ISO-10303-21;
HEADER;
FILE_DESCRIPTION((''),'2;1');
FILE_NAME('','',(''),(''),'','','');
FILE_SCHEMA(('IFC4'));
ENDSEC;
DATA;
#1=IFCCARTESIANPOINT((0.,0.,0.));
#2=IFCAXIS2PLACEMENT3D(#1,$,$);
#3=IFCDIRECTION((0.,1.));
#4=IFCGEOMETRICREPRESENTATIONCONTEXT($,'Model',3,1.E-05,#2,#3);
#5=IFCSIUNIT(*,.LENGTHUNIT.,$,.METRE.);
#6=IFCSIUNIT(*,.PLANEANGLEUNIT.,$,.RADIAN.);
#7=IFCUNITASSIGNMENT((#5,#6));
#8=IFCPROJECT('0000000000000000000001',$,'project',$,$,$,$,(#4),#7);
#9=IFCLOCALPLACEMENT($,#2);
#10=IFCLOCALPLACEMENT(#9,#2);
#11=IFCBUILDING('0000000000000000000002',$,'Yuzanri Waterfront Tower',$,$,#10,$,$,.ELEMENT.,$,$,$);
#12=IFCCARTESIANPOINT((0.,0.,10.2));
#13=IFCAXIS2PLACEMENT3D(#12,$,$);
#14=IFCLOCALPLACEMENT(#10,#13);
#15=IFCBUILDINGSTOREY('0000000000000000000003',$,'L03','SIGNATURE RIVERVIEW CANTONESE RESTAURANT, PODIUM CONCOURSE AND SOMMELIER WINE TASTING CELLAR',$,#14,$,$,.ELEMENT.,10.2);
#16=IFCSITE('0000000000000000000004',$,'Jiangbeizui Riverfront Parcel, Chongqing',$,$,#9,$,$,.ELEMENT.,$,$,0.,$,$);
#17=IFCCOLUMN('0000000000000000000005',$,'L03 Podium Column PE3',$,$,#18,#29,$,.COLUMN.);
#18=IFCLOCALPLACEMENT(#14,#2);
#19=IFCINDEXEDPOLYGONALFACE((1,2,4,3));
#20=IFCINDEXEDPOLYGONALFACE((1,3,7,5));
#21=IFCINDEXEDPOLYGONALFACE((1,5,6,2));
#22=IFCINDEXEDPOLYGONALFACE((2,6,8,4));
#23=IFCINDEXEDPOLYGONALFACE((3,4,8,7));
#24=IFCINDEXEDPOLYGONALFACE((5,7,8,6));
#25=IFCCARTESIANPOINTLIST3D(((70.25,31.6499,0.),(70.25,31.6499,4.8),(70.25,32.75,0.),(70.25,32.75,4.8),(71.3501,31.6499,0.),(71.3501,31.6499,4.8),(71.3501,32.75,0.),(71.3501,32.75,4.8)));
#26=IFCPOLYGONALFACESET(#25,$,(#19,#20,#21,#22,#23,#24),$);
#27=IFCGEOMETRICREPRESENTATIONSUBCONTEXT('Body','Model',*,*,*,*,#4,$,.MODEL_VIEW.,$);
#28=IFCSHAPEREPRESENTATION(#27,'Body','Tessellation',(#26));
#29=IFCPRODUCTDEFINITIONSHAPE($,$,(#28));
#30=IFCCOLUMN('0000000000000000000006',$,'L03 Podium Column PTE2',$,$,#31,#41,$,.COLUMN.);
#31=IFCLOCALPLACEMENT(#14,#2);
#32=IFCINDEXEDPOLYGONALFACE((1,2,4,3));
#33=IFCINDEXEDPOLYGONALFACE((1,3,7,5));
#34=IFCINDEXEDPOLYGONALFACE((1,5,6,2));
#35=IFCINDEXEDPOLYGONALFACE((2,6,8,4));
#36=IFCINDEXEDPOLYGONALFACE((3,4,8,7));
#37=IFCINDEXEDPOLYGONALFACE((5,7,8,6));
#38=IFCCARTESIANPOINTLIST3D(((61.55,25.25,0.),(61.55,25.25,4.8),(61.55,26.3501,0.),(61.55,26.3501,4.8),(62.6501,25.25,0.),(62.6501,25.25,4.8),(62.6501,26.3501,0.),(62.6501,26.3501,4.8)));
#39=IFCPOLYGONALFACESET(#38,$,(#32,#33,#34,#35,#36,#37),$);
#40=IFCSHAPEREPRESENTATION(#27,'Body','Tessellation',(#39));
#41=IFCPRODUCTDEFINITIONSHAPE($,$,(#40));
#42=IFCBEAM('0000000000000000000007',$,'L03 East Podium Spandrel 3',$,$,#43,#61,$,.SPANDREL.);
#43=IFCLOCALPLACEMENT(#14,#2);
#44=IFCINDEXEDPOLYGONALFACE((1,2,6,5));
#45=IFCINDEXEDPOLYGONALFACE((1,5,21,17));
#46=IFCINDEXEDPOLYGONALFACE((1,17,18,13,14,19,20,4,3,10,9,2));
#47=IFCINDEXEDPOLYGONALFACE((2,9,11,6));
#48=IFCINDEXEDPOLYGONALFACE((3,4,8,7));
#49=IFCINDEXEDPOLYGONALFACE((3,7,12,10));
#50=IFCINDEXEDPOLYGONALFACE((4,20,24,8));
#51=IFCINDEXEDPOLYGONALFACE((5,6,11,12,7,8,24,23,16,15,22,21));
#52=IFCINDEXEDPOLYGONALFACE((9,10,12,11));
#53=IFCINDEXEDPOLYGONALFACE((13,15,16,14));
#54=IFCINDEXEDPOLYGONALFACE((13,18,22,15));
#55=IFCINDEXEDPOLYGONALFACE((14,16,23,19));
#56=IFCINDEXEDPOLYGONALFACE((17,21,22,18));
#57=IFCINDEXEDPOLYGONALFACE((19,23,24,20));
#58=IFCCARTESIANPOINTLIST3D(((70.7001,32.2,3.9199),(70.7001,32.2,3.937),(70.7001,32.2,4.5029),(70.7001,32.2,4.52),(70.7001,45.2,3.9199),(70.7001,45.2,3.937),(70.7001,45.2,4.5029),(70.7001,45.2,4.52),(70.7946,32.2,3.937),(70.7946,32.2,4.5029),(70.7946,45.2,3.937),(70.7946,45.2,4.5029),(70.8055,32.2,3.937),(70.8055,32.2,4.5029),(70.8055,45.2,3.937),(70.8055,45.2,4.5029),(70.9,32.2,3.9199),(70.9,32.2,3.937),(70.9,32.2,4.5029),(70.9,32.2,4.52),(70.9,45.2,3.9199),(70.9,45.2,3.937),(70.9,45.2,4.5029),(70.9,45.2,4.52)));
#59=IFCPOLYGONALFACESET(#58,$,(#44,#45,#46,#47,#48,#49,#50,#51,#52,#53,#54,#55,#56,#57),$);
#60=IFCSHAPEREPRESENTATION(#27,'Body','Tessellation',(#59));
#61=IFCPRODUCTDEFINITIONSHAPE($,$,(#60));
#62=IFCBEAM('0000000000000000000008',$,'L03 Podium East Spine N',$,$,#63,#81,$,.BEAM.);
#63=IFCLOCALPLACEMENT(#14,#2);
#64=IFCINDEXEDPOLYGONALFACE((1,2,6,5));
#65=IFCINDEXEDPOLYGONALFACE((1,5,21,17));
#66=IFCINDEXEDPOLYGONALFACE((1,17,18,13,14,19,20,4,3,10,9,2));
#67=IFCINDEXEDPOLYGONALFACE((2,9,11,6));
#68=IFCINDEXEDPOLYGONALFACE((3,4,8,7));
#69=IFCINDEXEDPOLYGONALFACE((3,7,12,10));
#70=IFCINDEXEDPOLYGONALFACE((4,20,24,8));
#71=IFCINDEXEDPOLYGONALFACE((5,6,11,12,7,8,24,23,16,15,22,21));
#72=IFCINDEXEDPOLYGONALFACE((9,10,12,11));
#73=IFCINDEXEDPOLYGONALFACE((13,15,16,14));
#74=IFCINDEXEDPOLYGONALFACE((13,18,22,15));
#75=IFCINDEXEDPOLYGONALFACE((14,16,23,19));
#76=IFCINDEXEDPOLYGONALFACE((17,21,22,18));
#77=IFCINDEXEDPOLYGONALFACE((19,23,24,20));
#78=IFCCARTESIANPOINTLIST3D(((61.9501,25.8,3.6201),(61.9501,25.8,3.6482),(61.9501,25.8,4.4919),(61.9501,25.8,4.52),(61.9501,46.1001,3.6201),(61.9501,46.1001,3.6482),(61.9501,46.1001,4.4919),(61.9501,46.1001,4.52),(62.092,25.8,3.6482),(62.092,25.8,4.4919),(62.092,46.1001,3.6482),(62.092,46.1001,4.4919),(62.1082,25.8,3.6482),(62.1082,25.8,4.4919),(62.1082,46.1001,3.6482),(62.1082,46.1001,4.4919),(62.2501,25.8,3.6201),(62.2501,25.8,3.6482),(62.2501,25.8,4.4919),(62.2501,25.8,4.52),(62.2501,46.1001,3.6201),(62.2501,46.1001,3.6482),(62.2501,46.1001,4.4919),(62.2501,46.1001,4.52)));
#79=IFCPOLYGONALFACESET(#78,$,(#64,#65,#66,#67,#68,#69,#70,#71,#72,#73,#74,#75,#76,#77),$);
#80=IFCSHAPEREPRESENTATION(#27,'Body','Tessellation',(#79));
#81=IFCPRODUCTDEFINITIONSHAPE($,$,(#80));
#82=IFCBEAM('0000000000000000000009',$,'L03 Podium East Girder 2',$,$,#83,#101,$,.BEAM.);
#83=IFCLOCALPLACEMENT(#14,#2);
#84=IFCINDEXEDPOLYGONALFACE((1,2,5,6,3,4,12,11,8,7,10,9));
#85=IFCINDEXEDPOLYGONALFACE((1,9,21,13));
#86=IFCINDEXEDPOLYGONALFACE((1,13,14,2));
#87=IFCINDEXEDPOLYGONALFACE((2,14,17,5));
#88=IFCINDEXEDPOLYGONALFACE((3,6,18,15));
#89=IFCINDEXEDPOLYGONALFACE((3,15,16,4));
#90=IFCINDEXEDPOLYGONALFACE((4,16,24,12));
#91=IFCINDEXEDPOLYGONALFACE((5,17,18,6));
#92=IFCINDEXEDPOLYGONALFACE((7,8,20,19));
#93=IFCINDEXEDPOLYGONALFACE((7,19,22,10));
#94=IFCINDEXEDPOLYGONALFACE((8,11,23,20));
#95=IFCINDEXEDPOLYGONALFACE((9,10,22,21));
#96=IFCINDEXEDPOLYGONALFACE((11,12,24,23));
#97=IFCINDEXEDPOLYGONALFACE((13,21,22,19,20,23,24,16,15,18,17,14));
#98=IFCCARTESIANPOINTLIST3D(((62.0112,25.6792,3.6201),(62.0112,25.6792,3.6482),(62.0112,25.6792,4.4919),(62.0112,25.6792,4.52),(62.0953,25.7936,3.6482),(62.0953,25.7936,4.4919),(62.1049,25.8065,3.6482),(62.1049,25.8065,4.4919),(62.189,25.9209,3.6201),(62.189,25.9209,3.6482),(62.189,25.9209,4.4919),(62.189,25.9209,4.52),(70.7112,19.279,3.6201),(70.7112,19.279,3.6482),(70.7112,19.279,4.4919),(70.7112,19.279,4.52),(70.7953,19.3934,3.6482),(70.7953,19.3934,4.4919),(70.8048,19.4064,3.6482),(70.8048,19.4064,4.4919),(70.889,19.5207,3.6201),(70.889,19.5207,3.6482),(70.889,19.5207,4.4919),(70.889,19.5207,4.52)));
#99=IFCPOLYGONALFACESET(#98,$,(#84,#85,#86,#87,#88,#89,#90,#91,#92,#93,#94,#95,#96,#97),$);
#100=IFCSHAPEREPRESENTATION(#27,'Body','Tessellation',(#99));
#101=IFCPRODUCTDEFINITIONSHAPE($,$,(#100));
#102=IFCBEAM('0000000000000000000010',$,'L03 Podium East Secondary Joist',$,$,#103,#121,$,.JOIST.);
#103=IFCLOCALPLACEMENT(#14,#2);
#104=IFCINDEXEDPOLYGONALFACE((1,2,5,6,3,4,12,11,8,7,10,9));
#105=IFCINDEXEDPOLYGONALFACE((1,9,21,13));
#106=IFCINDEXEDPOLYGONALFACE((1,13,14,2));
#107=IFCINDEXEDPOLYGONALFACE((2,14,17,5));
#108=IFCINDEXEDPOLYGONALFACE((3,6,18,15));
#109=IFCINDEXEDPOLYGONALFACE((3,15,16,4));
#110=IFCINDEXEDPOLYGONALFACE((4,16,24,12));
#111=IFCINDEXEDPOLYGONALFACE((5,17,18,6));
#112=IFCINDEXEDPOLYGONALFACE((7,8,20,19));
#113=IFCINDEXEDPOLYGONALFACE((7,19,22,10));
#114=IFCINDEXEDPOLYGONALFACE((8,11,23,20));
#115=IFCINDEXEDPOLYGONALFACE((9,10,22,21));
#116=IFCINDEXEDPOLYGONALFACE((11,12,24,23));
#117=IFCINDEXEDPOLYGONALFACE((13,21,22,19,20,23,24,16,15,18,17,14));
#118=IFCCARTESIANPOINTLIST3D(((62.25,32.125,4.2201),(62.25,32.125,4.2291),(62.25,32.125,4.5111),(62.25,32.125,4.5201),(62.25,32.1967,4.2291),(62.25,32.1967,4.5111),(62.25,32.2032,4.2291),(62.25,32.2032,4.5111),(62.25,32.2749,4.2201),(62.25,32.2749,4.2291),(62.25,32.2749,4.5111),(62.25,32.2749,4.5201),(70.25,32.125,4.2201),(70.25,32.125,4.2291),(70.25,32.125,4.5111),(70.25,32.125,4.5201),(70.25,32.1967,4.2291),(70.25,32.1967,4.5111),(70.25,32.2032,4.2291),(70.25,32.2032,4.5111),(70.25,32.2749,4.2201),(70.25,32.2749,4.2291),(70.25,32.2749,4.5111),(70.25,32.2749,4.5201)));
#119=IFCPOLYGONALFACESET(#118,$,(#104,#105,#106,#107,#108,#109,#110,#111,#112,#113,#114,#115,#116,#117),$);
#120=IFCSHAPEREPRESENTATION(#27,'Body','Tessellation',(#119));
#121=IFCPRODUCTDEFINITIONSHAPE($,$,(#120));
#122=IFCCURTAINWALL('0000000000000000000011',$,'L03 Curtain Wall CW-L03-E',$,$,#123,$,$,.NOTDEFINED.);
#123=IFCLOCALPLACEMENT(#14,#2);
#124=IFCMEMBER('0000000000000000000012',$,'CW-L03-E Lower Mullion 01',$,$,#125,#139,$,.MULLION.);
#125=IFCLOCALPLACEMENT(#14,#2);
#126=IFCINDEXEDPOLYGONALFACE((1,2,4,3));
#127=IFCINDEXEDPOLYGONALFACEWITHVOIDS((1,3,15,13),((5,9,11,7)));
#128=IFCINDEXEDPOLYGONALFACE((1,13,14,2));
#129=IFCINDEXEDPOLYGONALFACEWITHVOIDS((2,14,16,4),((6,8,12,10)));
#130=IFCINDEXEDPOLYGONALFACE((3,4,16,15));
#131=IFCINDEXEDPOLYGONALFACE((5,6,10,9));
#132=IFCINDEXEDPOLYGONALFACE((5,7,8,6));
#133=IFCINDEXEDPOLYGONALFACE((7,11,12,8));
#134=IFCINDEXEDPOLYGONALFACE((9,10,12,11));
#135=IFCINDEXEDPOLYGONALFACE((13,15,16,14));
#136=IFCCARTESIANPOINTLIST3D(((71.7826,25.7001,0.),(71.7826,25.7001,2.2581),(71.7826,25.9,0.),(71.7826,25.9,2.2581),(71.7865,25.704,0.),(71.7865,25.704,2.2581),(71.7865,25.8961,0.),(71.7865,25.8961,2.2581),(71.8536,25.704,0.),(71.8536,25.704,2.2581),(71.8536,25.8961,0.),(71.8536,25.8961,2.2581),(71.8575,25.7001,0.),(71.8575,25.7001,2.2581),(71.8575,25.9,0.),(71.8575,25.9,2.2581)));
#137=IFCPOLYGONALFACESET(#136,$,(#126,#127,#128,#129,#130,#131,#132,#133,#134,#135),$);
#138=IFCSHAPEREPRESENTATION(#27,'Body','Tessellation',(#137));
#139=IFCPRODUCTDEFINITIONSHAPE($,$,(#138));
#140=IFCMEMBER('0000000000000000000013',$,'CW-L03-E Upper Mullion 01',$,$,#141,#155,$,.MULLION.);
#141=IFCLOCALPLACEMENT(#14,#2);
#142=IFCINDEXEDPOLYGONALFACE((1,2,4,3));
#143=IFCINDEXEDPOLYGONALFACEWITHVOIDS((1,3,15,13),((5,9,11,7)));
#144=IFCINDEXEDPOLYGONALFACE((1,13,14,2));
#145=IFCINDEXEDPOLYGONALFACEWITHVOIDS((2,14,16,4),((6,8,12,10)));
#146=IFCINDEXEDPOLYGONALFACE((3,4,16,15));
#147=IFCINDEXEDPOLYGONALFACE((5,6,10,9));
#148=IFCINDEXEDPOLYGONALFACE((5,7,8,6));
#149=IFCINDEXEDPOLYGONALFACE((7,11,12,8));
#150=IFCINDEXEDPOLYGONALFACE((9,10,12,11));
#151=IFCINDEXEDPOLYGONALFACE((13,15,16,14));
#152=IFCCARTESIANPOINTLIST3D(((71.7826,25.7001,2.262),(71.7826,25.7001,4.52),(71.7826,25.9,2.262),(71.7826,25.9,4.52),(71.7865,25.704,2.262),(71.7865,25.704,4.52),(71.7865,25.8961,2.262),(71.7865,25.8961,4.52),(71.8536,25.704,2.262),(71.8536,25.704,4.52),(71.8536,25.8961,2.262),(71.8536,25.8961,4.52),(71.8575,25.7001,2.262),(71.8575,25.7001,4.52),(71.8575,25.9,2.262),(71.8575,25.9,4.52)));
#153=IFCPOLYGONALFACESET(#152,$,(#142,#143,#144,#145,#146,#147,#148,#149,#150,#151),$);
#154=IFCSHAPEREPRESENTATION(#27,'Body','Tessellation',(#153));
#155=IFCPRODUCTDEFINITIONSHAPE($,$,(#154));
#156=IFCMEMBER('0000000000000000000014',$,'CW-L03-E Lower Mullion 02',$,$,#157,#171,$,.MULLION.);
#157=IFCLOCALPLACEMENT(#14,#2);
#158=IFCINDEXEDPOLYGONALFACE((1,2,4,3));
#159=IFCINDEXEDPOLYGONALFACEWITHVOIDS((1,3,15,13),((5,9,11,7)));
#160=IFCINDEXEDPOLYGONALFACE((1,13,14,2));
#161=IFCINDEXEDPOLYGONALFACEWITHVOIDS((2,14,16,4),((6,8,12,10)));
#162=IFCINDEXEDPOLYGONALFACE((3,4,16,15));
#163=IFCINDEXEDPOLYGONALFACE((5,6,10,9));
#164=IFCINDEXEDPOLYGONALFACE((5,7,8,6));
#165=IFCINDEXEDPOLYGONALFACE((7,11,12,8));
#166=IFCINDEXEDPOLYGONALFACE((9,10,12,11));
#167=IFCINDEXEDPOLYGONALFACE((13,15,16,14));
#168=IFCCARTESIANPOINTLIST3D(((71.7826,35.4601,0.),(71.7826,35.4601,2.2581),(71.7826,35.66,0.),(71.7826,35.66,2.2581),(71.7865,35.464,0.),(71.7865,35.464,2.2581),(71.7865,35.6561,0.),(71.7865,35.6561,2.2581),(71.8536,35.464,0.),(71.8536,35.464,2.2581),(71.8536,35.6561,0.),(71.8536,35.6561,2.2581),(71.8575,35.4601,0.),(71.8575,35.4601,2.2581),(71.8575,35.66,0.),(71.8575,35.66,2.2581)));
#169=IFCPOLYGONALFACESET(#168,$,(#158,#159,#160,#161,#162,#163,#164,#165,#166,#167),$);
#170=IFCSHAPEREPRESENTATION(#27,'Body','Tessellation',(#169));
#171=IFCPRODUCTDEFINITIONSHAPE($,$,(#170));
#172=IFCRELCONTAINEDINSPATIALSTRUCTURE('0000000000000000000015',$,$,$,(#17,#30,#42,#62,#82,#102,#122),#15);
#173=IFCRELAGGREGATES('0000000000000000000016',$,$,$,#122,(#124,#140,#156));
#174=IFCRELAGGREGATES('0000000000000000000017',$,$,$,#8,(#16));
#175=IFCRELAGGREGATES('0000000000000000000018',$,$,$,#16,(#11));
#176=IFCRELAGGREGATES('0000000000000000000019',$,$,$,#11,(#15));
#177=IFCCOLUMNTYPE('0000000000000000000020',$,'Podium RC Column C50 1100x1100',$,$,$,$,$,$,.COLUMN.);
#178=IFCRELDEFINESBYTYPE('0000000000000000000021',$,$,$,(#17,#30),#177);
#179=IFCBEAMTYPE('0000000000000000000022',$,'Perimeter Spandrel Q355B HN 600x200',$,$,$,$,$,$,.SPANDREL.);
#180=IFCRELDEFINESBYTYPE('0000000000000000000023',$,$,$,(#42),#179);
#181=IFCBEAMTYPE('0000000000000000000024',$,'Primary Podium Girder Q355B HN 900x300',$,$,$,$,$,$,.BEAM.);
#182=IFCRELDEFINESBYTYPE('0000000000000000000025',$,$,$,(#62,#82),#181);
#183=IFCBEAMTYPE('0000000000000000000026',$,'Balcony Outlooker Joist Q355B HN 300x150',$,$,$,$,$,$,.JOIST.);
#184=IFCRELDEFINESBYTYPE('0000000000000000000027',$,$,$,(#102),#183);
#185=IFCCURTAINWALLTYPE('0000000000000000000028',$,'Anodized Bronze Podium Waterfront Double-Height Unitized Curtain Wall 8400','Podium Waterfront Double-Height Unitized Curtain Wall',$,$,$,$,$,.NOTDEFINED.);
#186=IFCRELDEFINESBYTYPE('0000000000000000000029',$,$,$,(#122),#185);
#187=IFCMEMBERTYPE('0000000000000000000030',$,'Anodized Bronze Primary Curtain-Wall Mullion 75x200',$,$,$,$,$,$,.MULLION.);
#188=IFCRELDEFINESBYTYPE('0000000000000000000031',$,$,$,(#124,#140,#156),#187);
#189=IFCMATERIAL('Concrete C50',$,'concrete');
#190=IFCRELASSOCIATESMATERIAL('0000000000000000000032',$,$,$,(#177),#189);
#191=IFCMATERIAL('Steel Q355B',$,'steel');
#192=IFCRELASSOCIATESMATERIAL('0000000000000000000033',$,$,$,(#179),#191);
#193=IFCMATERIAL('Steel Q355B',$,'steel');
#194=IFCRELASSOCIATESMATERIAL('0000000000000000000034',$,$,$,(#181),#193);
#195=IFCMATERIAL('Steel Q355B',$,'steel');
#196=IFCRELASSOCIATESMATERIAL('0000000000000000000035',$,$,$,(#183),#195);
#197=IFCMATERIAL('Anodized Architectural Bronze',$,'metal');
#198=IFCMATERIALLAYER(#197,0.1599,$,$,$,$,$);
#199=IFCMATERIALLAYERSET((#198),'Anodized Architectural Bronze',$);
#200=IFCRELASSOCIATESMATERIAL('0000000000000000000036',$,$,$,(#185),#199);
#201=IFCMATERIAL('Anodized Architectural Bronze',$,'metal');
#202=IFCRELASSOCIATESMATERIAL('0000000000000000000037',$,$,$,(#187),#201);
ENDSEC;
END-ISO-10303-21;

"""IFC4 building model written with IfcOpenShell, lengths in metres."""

from ifc_helpers import new_model, si_unit, direction, frame, origin, origin_2d, place, context, subcontext, project, spatial, rectangle, hollow_rectangle, i_section, extrude, source, transform, mapped, material, layer, layer_set, material_profile, profile_set, type_object, element, aggregate, save


model = new_model("IFC4")

# Units and contexts
model_context = context("Model", 3, precision=1e-05, world=origin(), true_north=direction((0.0, 1.0)))
body_context = subcontext(model_context, "Body", "Model", "MODEL_VIEW")
ifc_project = project(units=[si_unit("LENGTHUNIT", "METRE"), si_unit("PLANEANGLEUNIT", "RADIAN")], contexts=[model_context])

# Site, building, storey
site_placement = place(None, origin())
site = spatial("IfcSite", under=ifc_project, at=site_placement, Name="Jiangbeizui Riverfront Parcel, Chongqing", CompositionType="ELEMENT", RefElevation=0.0)
building_placement = place(site_placement, origin())
building = spatial("IfcBuilding", under=site, at=building_placement, Name="Yuzanri Waterfront Tower", CompositionType="ELEMENT")
storey_placement = place(building_placement, frame((0.0, 0.0, 10.2)))
storey = spatial("IfcBuildingStorey", under=building, at=storey_placement, Name="L03", Description="SIGNATURE RIVERVIEW CANTONESE RESTAURANT, PODIUM CONCOURSE AND SOMMELIER WINE TASTING CELLAR", CompositionType="ELEMENT", Elevation=10.2)

# Columns
ifc_material_1 = material(Name="Concrete C50", Category="concrete")
ifc_material_profile_1 = material_profile(ifc_material_1, rectangle(XDim=1.1001, YDim=1.1001, at=origin_2d()), Name="RC 1100x1100")
ifc_profile_set_1 = profile_set([ifc_material_profile_1], Name="Concrete C50")
column_type = type_object("IfcColumnType", Name="Podium RC Column C50 1100x1100", PredefinedType="COLUMN", material=ifc_profile_set_1)
shared_shape_1 = source(origin(), body_context, "Body", "SweptSolid", [
    extrude(rectangle(XDim=1.1001, YDim=1.1001, at=origin_2d()), origin(), (0.0, 0.0, 1.0), 4.8),
])
for number, where, z_axis, x_axis, name in (
    (1, (70.8, 32.2, 0.0), (0.0, 0.0, 1.0), (1.0, 0.0, 0.0), "L03 Podium Column PE3"),
    (2, (62.1001, 25.8, 0.0), (0.0, 0.0, 1.0), (1.0, 0.0, 0.0), "L03 Podium Column PTE2"),
):
    element("IfcColumn", number, at=place(storey_placement, frame(where, z_axis=z_axis, x_axis=x_axis)), inside=storey, type_object=column_type, Name=name, PredefinedType="COLUMN", context=body_context, shape_type="MappedRepresentation", body=[
        mapped(shared_shape_1, transform((0.0, 0.0, 0.0), scale=1.0)),
    ])

# Beams
ifc_material_2 = material(Name="Steel Q355B", Category="steel")
ifc_material_profile_2 = material_profile(ifc_material_2, i_section(OverallWidth=0.2, OverallDepth=0.6001, WebThickness=0.011, FlangeThickness=0.0171, at=origin_2d()), Name="HN 600x200x11x17")
ifc_profile_set_2 = profile_set([ifc_material_profile_2], Name="Steel Q355B")
beam_type_1 = type_object("IfcBeamType", Name="Perimeter Spandrel Q355B HN 600x200", PredefinedType="SPANDREL", material=ifc_profile_set_2)
shared_shape_2 = source(origin(), body_context, "Body", "SweptSolid", [
    extrude(i_section(OverallWidth=0.2, OverallDepth=0.6001, WebThickness=0.011, FlangeThickness=0.0171, at=origin_2d()), origin(), (0.0, 0.0, 1.0), 13.0),
])
beam_1_placement = place(storey_placement, frame((70.8, 32.2, 4.22), z_axis=(0.0, 1.0, 0.0), x_axis=(-1.0, 0.0, 0.0)))
element("IfcBeam", 3, at=beam_1_placement, inside=storey, type_object=beam_type_1, Name="L03 East Podium Spandrel 3", PredefinedType="SPANDREL", context=body_context, shape_type="MappedRepresentation", body=[
    mapped(shared_shape_2, transform((0.0, 0.0, 0.0), scale=1.0)),
])
ifc_material_3 = material(Name="Steel Q355B", Category="steel")
ifc_material_profile_3 = material_profile(ifc_material_3, i_section(OverallWidth=0.3, OverallDepth=0.8999, WebThickness=0.0161, FlangeThickness=0.0281, at=origin_2d()), Name="HN 900x300x16x28")
ifc_profile_set_3 = profile_set([ifc_material_profile_3], Name="Steel Q355B")
beam_type_2 = type_object("IfcBeamType", Name="Primary Podium Girder Q355B HN 900x300", PredefinedType="BEAM", material=ifc_profile_set_3)
shared_shape_3 = source(origin(), body_context, "Body", "SweptSolid", [
    extrude(i_section(OverallWidth=0.3, OverallDepth=0.8999, WebThickness=0.0161, FlangeThickness=0.0281, at=origin_2d()), origin(), (0.0, 0.0, 1.0), 20.3),
])
beam_2_placement = place(storey_placement, frame((62.1001, 25.8, 4.0701), z_axis=(0.0, 1.0, 0.0), x_axis=(-1.0, 0.0, 0.0)))
element("IfcBeam", 4, at=beam_2_placement, inside=storey, type_object=beam_type_2, Name="L03 Podium East Spine N", PredefinedType="BEAM", context=body_context, shape_type="MappedRepresentation", body=[
    mapped(shared_shape_3, transform((0.0, 0.0, 0.0), scale=1.0)),
])
shared_shape_4 = source(origin(), body_context, "Body", "SweptSolid", [
    extrude(i_section(OverallWidth=0.3, OverallDepth=0.8999, WebThickness=0.0161, FlangeThickness=0.0281, at=origin_2d()), origin(), (0.0, 0.0, 1.0), 10.8005),
])
beam_3_placement = place(storey_placement, frame((62.1001, 25.8, 4.0701), z_axis=(0.805513, -0.592578, 0.0), x_axis=(0.592578, 0.805513, 0.0)))
element("IfcBeam", 5, at=beam_3_placement, inside=storey, type_object=beam_type_2, Name="L03 Podium East Girder 2", PredefinedType="BEAM", context=body_context, shape_type="MappedRepresentation", body=[
    mapped(shared_shape_4, transform((0.0, 0.0, 0.0), scale=1.0)),
])
ifc_material_4 = material(Name="Steel Q355B", Category="steel")
ifc_material_profile_4 = material_profile(ifc_material_4, i_section(OverallWidth=0.1499, OverallDepth=0.3, WebThickness=0.0066, FlangeThickness=0.009, at=origin_2d()), Name="HN 300x150x6.5x9")
ifc_profile_set_4 = profile_set([ifc_material_profile_4], Name="Steel Q355B")
beam_type_3 = type_object("IfcBeamType", Name="Balcony Outlooker Joist Q355B HN 300x150", PredefinedType="JOIST", material=ifc_profile_set_4)
shared_shape_5 = source(origin(), body_context, "Body", "SweptSolid", [
    extrude(i_section(OverallWidth=0.1499, OverallDepth=0.3, WebThickness=0.0066, FlangeThickness=0.009, at=origin_2d()), origin(), (0.0, 0.0, 1.0), 8.0),
])
beam_4_placement = place(storey_placement, frame((62.25, 32.2, 4.3701), z_axis=(1.0, 0.0, 0.0), x_axis=(0.0, 1.0, 0.0)))
element("IfcBeam", 6, at=beam_4_placement, inside=storey, type_object=beam_type_3, Name="L03 Podium East Secondary Joist", PredefinedType="JOIST", context=body_context, shape_type="MappedRepresentation", body=[
    mapped(shared_shape_5, transform((0.0, 0.0, 0.0), scale=1.0)),
])

# Curtain wall, members
ifc_material_5 = material(Name="Anodized Architectural Bronze", Category="metal")
ifc_layer_1 = layer(ifc_material_5, 0.1599)
ifc_layer_set_1 = layer_set([ifc_layer_1], Name="Anodized Architectural Bronze")
curtain_wall_type = type_object("IfcCurtainWallType", Name="Anodized Bronze Podium Waterfront Double-Height Unitized Curtain Wall 8400", Description="Podium Waterfront Double-Height Unitized Curtain Wall", PredefinedType="NOTDEFINED", material=ifc_layer_set_1)
curtain_wall_placement = place(storey_placement, origin())
curtain_wall = element("IfcCurtainWall", 7, at=curtain_wall_placement, inside=storey, type_object=curtain_wall_type, Name="L03 Curtain Wall CW-L03-E", PredefinedType="NOTDEFINED")
ifc_material_6 = material(Name="Anodized Architectural Bronze", Category="metal")
ifc_material_profile_5 = material_profile(ifc_material_6, hollow_rectangle(XDim=0.075, YDim=0.2, WallThickness=0.0039, at=origin_2d()), Name="CWM 75x200")
ifc_profile_set_5 = profile_set([ifc_material_profile_5], Name="Anodized Architectural Bronze")
member_type = type_object("IfcMemberType", Name="Anodized Bronze Primary Curtain-Wall Mullion 75x200", PredefinedType="MULLION", material=ifc_profile_set_5)
shared_shape_6 = source(origin(), body_context, "Body", "SweptSolid", [
    extrude(hollow_rectangle(XDim=0.075, YDim=0.2, WallThickness=0.0039, at=origin_2d()), origin(), (0.0, 0.0, 1.0), 2.2581),
])
member_1_placement = place(storey_placement, frame((71.8201, 25.8, 0.0), z_axis=(0.0, 0.0, 1.0), x_axis=(1.0, 0.0, 0.0)))
member_1 = element("IfcMember", 8, at=member_1_placement, type_object=member_type, Name="CW-L03-E Lower Mullion 01", PredefinedType="MULLION", context=body_context, shape_type="MappedRepresentation", body=[
    mapped(shared_shape_6, transform((0.0, 0.0, 0.0), scale=1.0)),
])
member_2_placement = place(storey_placement, frame((71.8201, 25.8, 2.262), z_axis=(0.0, 0.0, 1.0), x_axis=(1.0, 0.0, 0.0)))
member_2 = element("IfcMember", 9, at=member_2_placement, type_object=member_type, Name="CW-L03-E Upper Mullion 01", PredefinedType="MULLION", context=body_context, shape_type="MappedRepresentation", body=[
    mapped(shared_shape_6, transform((0.0, 0.0, 0.0), scale=1.0)),
])
member_3_placement = place(storey_placement, frame((71.8201, 35.5601, 0.0), z_axis=(0.0, 0.0, 1.0), x_axis=(1.0, 0.0, 0.0)))
member_3 = element("IfcMember", 10, at=member_3_placement, type_object=member_type, Name="CW-L03-E Lower Mullion 02", PredefinedType="MULLION", context=body_context, shape_type="MappedRepresentation", body=[
    mapped(shared_shape_6, transform((0.0, 0.0, 0.0), scale=1.0)),
])
aggregate(curtain_wall, [member_1, member_2, member_3])

save(model, "model.ifc")
